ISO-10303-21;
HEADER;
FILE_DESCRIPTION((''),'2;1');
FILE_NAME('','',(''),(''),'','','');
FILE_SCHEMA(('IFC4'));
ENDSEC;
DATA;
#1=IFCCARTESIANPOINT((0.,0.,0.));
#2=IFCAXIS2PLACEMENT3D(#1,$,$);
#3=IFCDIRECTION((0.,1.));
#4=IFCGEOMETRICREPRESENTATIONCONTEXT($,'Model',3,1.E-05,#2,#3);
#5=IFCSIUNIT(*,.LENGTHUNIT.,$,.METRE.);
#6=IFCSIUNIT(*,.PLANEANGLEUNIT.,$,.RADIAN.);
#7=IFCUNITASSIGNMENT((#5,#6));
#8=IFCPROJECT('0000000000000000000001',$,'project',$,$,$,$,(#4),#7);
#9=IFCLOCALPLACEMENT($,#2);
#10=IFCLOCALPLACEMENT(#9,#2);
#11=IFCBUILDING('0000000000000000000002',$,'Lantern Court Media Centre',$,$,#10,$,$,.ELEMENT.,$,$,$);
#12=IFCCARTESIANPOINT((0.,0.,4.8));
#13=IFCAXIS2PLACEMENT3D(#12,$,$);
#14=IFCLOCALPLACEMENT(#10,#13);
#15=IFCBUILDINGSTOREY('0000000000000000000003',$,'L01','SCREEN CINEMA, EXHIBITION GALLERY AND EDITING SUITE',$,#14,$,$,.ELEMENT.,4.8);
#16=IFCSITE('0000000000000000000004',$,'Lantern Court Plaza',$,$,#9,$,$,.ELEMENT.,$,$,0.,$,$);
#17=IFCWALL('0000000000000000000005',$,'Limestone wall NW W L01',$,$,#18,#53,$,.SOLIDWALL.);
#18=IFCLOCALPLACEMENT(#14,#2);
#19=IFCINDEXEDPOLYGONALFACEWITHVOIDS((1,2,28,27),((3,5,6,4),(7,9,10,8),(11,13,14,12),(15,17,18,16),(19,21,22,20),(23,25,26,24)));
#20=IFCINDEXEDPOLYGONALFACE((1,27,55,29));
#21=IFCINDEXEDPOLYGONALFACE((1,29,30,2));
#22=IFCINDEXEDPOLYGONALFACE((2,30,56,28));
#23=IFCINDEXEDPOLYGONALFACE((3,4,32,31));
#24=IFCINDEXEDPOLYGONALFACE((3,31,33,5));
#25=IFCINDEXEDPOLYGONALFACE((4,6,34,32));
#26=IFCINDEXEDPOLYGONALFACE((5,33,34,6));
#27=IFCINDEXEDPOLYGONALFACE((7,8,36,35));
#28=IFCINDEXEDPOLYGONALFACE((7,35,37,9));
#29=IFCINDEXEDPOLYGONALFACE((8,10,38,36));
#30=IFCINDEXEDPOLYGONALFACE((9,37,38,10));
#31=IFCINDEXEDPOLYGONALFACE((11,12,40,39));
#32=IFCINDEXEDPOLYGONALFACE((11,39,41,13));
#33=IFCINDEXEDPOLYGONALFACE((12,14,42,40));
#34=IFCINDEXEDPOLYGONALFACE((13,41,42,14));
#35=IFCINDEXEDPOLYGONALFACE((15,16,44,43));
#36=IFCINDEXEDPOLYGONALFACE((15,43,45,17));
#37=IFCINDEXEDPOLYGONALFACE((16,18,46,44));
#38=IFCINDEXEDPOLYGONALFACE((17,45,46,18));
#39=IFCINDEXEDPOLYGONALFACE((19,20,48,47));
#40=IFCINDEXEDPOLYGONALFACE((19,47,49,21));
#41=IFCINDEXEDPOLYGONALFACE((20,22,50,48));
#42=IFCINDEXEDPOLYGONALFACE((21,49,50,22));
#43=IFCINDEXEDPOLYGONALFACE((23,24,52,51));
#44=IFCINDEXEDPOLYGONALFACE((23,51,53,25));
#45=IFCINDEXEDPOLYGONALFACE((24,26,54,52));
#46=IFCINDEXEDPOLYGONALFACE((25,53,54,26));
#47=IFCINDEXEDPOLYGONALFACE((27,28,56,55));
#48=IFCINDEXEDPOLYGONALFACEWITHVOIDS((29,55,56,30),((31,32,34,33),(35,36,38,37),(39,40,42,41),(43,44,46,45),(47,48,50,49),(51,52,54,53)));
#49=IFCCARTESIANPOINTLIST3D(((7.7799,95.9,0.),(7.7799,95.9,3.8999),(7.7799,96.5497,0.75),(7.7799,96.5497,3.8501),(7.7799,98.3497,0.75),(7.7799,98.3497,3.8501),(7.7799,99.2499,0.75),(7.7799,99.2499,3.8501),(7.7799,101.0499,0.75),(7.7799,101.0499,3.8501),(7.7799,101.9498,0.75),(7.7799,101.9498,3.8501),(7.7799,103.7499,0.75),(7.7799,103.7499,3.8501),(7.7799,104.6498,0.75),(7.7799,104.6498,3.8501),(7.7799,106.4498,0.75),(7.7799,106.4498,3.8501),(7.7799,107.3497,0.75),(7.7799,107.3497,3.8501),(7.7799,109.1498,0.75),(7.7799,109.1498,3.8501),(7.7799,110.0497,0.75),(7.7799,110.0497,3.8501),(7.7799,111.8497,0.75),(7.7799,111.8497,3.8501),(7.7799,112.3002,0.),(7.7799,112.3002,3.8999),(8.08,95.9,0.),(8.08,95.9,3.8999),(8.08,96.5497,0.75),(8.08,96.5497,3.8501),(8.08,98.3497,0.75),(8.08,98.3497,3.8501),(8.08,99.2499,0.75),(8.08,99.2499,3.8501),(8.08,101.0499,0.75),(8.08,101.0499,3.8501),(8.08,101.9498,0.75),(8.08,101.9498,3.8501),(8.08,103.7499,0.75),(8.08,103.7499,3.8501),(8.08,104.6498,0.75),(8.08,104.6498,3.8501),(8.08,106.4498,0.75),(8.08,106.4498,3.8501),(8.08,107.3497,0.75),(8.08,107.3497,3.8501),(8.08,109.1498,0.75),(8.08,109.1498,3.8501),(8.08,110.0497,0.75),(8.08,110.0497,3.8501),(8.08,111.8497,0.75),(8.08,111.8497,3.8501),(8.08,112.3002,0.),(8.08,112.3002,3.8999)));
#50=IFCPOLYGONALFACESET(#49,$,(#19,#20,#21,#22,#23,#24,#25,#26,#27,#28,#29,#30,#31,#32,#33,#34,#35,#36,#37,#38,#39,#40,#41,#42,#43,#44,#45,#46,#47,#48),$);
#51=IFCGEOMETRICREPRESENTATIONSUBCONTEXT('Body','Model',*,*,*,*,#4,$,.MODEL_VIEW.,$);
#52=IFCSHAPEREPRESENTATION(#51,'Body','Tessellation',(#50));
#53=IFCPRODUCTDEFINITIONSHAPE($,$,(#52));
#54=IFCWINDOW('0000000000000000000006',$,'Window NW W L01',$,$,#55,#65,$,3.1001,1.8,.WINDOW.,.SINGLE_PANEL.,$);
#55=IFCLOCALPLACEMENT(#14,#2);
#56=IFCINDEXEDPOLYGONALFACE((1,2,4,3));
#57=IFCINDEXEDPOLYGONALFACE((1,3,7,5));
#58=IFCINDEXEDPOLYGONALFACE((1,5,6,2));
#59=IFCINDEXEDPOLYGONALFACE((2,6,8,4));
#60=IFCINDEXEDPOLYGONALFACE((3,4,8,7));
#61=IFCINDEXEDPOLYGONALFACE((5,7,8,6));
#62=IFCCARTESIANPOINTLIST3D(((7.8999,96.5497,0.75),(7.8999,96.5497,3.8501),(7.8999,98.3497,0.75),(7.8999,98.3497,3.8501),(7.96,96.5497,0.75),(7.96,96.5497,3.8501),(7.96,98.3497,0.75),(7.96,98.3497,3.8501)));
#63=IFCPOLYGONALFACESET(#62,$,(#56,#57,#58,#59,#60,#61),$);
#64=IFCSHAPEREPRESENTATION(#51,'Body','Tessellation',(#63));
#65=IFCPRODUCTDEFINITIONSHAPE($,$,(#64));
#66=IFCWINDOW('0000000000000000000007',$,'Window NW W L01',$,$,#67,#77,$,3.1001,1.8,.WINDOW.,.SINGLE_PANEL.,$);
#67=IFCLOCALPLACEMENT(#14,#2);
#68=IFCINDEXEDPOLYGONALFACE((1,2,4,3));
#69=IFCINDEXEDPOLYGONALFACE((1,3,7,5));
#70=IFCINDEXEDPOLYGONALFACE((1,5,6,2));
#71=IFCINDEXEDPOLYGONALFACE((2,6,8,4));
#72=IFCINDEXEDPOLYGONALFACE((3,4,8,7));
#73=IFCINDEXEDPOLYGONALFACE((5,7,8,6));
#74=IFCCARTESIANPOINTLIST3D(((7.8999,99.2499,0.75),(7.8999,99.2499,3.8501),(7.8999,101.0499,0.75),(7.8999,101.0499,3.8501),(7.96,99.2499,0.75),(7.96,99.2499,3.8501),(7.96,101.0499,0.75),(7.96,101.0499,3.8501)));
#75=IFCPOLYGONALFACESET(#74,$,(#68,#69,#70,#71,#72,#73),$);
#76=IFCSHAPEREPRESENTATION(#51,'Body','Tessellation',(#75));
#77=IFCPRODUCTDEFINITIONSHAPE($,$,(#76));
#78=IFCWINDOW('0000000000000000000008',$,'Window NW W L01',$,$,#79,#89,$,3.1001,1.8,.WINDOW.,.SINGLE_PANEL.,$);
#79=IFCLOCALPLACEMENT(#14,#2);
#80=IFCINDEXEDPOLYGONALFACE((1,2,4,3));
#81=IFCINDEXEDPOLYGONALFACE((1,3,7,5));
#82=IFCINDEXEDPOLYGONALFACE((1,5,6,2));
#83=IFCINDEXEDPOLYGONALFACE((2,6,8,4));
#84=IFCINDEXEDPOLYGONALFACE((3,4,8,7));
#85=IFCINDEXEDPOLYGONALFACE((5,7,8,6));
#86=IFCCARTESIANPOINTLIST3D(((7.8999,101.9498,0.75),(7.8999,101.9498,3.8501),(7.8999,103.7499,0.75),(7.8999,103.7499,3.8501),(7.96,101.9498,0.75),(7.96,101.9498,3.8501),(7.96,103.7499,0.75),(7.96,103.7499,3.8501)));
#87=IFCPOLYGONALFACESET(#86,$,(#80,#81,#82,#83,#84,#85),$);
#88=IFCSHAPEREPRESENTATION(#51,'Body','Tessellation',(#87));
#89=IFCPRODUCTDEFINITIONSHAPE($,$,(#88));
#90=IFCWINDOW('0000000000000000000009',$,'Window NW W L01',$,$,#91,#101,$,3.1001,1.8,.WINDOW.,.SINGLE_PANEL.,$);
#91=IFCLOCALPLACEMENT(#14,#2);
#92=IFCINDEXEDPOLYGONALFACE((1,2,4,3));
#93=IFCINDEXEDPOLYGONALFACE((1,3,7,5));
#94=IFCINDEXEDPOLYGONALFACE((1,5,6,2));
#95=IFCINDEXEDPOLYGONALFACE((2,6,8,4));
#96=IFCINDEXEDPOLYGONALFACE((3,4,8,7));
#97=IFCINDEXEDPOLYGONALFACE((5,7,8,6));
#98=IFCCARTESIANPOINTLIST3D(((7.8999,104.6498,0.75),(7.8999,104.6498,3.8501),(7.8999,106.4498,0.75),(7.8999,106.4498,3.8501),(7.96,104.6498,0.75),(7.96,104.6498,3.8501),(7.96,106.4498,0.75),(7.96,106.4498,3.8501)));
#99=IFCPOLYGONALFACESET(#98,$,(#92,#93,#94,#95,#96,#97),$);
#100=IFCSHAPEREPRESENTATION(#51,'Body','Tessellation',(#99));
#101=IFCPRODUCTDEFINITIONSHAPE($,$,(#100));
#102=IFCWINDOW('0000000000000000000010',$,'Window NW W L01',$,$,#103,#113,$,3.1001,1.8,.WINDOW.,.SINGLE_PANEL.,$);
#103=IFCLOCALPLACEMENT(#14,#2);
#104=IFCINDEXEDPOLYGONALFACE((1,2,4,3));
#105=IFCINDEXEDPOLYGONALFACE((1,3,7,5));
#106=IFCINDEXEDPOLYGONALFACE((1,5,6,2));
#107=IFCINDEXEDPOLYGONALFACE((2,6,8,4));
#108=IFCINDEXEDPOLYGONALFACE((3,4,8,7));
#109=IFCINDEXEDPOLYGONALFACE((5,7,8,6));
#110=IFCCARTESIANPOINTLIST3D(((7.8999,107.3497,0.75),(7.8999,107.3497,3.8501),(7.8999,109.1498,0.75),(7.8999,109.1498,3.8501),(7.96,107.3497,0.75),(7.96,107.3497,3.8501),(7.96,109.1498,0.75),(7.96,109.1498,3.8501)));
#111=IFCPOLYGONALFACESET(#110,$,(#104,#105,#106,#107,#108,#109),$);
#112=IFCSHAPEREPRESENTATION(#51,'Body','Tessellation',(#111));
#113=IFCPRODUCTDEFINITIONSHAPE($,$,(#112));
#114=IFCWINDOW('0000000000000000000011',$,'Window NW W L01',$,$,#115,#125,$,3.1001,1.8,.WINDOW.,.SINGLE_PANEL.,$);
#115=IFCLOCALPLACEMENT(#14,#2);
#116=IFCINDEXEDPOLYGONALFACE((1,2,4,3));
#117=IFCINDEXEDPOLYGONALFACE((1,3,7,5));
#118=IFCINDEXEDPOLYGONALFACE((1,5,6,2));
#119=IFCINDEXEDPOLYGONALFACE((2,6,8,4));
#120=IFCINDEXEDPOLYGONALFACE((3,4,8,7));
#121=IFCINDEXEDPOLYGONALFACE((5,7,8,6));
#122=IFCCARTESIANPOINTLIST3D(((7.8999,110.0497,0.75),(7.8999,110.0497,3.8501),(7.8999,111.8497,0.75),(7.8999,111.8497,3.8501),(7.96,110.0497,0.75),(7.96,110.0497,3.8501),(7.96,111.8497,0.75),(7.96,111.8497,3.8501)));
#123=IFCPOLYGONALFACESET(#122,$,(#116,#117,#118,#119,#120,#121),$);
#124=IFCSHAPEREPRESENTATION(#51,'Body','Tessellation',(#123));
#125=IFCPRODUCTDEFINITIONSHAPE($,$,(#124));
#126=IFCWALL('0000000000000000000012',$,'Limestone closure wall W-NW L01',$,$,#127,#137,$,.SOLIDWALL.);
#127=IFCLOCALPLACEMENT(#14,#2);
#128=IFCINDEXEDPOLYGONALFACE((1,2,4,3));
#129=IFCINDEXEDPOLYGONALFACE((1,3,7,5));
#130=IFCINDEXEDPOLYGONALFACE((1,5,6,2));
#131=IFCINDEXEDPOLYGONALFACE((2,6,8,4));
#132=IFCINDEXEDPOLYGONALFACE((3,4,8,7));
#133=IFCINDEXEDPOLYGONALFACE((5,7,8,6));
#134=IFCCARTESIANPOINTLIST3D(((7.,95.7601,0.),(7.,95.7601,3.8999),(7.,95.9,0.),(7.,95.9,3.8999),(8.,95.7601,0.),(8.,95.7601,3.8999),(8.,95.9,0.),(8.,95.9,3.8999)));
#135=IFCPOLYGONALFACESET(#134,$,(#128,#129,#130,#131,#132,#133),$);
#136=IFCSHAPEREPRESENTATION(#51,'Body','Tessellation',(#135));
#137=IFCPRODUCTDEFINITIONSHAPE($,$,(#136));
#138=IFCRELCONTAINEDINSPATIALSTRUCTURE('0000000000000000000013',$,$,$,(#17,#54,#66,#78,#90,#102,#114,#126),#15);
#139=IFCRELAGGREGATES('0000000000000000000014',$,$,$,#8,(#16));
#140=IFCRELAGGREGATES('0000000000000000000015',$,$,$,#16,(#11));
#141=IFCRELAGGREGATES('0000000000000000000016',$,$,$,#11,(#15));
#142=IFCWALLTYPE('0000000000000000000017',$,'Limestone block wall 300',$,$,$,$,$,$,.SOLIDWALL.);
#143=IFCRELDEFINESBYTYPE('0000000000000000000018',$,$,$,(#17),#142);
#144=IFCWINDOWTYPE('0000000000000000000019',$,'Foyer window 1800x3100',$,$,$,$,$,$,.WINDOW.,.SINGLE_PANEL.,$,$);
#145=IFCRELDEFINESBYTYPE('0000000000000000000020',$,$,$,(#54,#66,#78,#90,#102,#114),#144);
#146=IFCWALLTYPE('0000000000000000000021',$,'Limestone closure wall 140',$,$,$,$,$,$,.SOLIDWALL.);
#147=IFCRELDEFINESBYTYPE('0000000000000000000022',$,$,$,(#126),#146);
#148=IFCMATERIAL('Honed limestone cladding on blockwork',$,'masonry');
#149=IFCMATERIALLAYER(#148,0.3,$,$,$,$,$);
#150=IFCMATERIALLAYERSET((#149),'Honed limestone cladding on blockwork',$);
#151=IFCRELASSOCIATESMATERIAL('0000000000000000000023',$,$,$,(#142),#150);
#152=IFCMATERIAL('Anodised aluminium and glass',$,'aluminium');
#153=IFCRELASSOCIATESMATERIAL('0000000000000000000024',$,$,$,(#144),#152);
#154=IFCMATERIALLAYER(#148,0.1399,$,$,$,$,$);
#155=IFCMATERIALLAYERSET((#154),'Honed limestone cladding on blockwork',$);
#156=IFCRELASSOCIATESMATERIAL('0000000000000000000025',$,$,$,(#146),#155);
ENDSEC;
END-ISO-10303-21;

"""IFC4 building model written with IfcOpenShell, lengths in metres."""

from ifc_helpers import new_model, si_unit, direction, frame, frame_2d, origin, place, context, subcontext, project, spatial, rectangle, extrude, material, layer, layer_set, type_object, element, fill, save


model = new_model("IFC4")

# Units and contexts
model_context = context("Model", 3, precision=1e-05, world=origin(), true_north=direction((0.0, 1.0)))
body_context = subcontext(model_context, "Body", "Model", "MODEL_VIEW")
ifc_project = project(units=[si_unit("LENGTHUNIT", "METRE"), si_unit("PLANEANGLEUNIT", "RADIAN")], contexts=[model_context])

# Site, building, storey
site_placement = place(None, origin())
site = spatial("IfcSite", under=ifc_project, at=site_placement, Name="Lantern Court Plaza", CompositionType="ELEMENT", RefElevation=0.0)
building_placement = place(site_placement, origin())
building = spatial("IfcBuilding", under=site, at=building_placement, Name="Lantern Court Media Centre", CompositionType="ELEMENT")
storey_placement = place(building_placement, frame((0.0, 0.0, 4.8)))
storey = spatial("IfcBuildingStorey", under=building, at=storey_placement, Name="L01", Description="SCREEN CINEMA, EXHIBITION GALLERY AND EDITING SUITE", CompositionType="ELEMENT", Elevation=4.8)

# Wall, openings, windows
ifc_material_1 = material(Name="Honed limestone cladding on blockwork", Category="masonry")
ifc_layer_1 = layer(ifc_material_1, 0.3)
ifc_layer_set_1 = layer_set([ifc_layer_1], Name="Honed limestone cladding on blockwork")
wall_type_1 = type_object("IfcWallType", Name="Limestone block wall 300", PredefinedType="SOLIDWALL", material=ifc_layer_set_1)
wall_1_placement = place(storey_placement, frame((7.9299, 95.8999, 0.0), z_axis=(0.0, 0.0, 1.0), x_axis=(0.0, 1.0, 0.0)))
wall_1 = element("IfcWall", 1, at=wall_1_placement, inside=storey, type_object=wall_type_1, Name="Limestone wall NW W L01", PredefinedType="SOLIDWALL", context=body_context, shape_type="SweptSolid", body=[
    extrude(rectangle(XDim=16.4001, YDim=0.3, at=frame_2d((8.2002, 0.0))), origin(), (0.0, 0.0, 1.0), 3.8999),
])
opening_1_placement = place(wall_1_placement, frame((0.6499, 0.0, 0.75)))
opening_1 = element("IfcOpeningElement", 2, at=opening_1_placement, cuts=wall_1, PredefinedType="OPENING", context=body_context, shape_type="SweptSolid", body=[
    extrude(rectangle(XDim=1.8, YDim=3.1001, at=frame_2d((0.8999, 1.55))), frame((0.0, 0.1599, 0.0), z_axis=(0.0, -1.0, 0.0), x_axis=(1.0, 0.0, 0.0)), (0.0, 0.0, 1.0), 0.3201),
])
opening_2_placement = place(wall_1_placement, frame((3.3501, 0.0, 0.75)))
opening_2 = element("IfcOpeningElement", 3, at=opening_2_placement, cuts=wall_1, PredefinedType="OPENING", context=body_context, shape_type="SweptSolid", body=[
    extrude(rectangle(XDim=1.8, YDim=3.1001, at=frame_2d((0.8999, 1.55))), frame((0.0, 0.1599, 0.0), z_axis=(0.0, -1.0, 0.0), x_axis=(1.0, 0.0, 0.0)), (0.0, 0.0, 1.0), 0.3201),
])
opening_3_placement = place(wall_1_placement, frame((6.05, 0.0, 0.75)))
opening_3 = element("IfcOpeningElement", 4, at=opening_3_placement, cuts=wall_1, PredefinedType="OPENING", context=body_context, shape_type="SweptSolid", body=[
    extrude(rectangle(XDim=1.8, YDim=3.1001, at=frame_2d((0.8999, 1.55))), frame((0.0, 0.1599, 0.0), z_axis=(0.0, -1.0, 0.0), x_axis=(1.0, 0.0, 0.0)), (0.0, 0.0, 1.0), 0.3201),
])
opening_4_placement = place(wall_1_placement, frame((8.75, 0.0, 0.75)))
opening_4 = element("IfcOpeningElement", 5, at=opening_4_placement, cuts=wall_1, PredefinedType="OPENING", context=body_context, shape_type="SweptSolid", body=[
    extrude(rectangle(XDim=1.8, YDim=3.1001, at=frame_2d((0.8999, 1.55))), frame((0.0, 0.1599, 0.0), z_axis=(0.0, -1.0, 0.0), x_axis=(1.0, 0.0, 0.0)), (0.0, 0.0, 1.0), 0.3201),
])
opening_5_placement = place(wall_1_placement, frame((11.45, 0.0, 0.75)))
opening_5 = element("IfcOpeningElement", 6, at=opening_5_placement, cuts=wall_1, PredefinedType="OPENING", context=body_context, shape_type="SweptSolid", body=[
    extrude(rectangle(XDim=1.8, YDim=3.1001, at=frame_2d((0.8999, 1.55))), frame((0.0, 0.1599, 0.0), z_axis=(0.0, -1.0, 0.0), x_axis=(1.0, 0.0, 0.0)), (0.0, 0.0, 1.0), 0.3201),
])
opening_6_placement = place(wall_1_placement, frame((14.1499, 0.0, 0.75)))
opening_6 = element("IfcOpeningElement", 7, at=opening_6_placement, cuts=wall_1, PredefinedType="OPENING", context=body_context, shape_type="SweptSolid", body=[
    extrude(rectangle(XDim=1.8, YDim=3.1001, at=frame_2d((0.8999, 1.55))), frame((0.0, 0.1599, 0.0), z_axis=(0.0, -1.0, 0.0), x_axis=(1.0, 0.0, 0.0)), (0.0, 0.0, 1.0), 0.3201),
])
ifc_material_2 = material(Name="Anodised aluminium and glass", Category="aluminium")
window_type = type_object("IfcWindowType", Name="Foyer window 1800x3100", PartitioningType="SINGLE_PANEL", PredefinedType="WINDOW", material=ifc_material_2)
window_1_placement = place(opening_1_placement, origin())
window_1 = element("IfcWindow", 8, at=window_1_placement, inside=storey, type_object=window_type, Name="Window NW W L01", OverallHeight=3.1001, OverallWidth=1.8, PartitioningType="SINGLE_PANEL", PredefinedType="WINDOW", context=body_context, shape_type="SweptSolid", body=[
    extrude(rectangle(XDim=1.8, YDim=3.1001, at=frame_2d((0.8999, 1.55))), frame((0.0, 0.03, 0.0), z_axis=(0.0, -1.0, 0.0), x_axis=(1.0, 0.0, 0.0)), (0.0, 0.0, 1.0), 0.0601),
])
fill(opening_1, window_1)
window_2_placement = place(opening_2_placement, origin())
window_2 = element("IfcWindow", 9, at=window_2_placement, inside=storey, type_object=window_type, Name="Window NW W L01", OverallHeight=3.1001, OverallWidth=1.8, PartitioningType="SINGLE_PANEL", PredefinedType="WINDOW", context=body_context, shape_type="SweptSolid", body=[
    extrude(rectangle(XDim=1.8, YDim=3.1001, at=frame_2d((0.8999, 1.55))), frame((0.0, 0.03, 0.0), z_axis=(0.0, -1.0, 0.0), x_axis=(1.0, 0.0, 0.0)), (0.0, 0.0, 1.0), 0.0601),
])
fill(opening_2, window_2)
window_3_placement = place(opening_3_placement, origin())
window_3 = element("IfcWindow", 10, at=window_3_placement, inside=storey, type_object=window_type, Name="Window NW W L01", OverallHeight=3.1001, OverallWidth=1.8, PartitioningType="SINGLE_PANEL", PredefinedType="WINDOW", context=body_context, shape_type="SweptSolid", body=[
    extrude(rectangle(XDim=1.8, YDim=3.1001, at=frame_2d((0.8999, 1.55))), frame((0.0, 0.03, 0.0), z_axis=(0.0, -1.0, 0.0), x_axis=(1.0, 0.0, 0.0)), (0.0, 0.0, 1.0), 0.0601),
])
fill(opening_3, window_3)
window_4_placement = place(opening_4_placement, origin())
window_4 = element("IfcWindow", 11, at=window_4_placement, inside=storey, type_object=window_type, Name="Window NW W L01", OverallHeight=3.1001, OverallWidth=1.8, PartitioningType="SINGLE_PANEL", PredefinedType="WINDOW", context=body_context, shape_type="SweptSolid", body=[
    extrude(rectangle(XDim=1.8, YDim=3.1001, at=frame_2d((0.8999, 1.55))), frame((0.0, 0.03, 0.0), z_axis=(0.0, -1.0, 0.0), x_axis=(1.0, 0.0, 0.0)), (0.0, 0.0, 1.0), 0.0601),
])
fill(opening_4, window_4)
window_5_placement = place(opening_5_placement, origin())
window_5 = element("IfcWindow", 12, at=window_5_placement, inside=storey, type_object=window_type, Name="Window NW W L01", OverallHeight=3.1001, OverallWidth=1.8, PartitioningType="SINGLE_PANEL", PredefinedType="WINDOW", context=body_context, shape_type="SweptSolid", body=[
    extrude(rectangle(XDim=1.8, YDim=3.1001, at=frame_2d((0.8999, 1.55))), frame((0.0, 0.03, 0.0), z_axis=(0.0, -1.0, 0.0), x_axis=(1.0, 0.0, 0.0)), (0.0, 0.0, 1.0), 0.0601),
])
fill(opening_5, window_5)
window_6_placement = place(opening_6_placement, origin())
window_6 = element("IfcWindow", 13, at=window_6_placement, inside=storey, type_object=window_type, Name="Window NW W L01", OverallHeight=3.1001, OverallWidth=1.8, PartitioningType="SINGLE_PANEL", PredefinedType="WINDOW", context=body_context, shape_type="SweptSolid", body=[
    extrude(rectangle(XDim=1.8, YDim=3.1001, at=frame_2d((0.8999, 1.55))), frame((0.0, 0.03, 0.0), z_axis=(0.0, -1.0, 0.0), x_axis=(1.0, 0.0, 0.0)), (0.0, 0.0, 1.0), 0.0601),
])
fill(opening_6, window_6)

# Wall
ifc_layer_2 = layer(ifc_material_1, 0.1399)
ifc_layer_set_2 = layer_set([ifc_layer_2], Name="Honed limestone cladding on blockwork")
wall_type_2 = type_object("IfcWallType", Name="Limestone closure wall 140", PredefinedType="SOLIDWALL", material=ifc_layer_set_2)
wall_2_placement = place(storey_placement, frame((7.0, 95.8301, 0.0), z_axis=(0.0, 0.0, 1.0), x_axis=(1.0, 0.0, 0.0)))
element("IfcWall", 14, at=wall_2_placement, inside=storey, type_object=wall_type_2, Name="Limestone closure wall W-NW L01", PredefinedType="SOLIDWALL", context=body_context, shape_type="SweptSolid", body=[
    extrude(rectangle(XDim=1.0, YDim=0.1399, at=frame_2d((0.5, 0.0))), origin(), (0.0, 0.0, 1.0), 3.8999),
])

save(model, "model.ifc")
